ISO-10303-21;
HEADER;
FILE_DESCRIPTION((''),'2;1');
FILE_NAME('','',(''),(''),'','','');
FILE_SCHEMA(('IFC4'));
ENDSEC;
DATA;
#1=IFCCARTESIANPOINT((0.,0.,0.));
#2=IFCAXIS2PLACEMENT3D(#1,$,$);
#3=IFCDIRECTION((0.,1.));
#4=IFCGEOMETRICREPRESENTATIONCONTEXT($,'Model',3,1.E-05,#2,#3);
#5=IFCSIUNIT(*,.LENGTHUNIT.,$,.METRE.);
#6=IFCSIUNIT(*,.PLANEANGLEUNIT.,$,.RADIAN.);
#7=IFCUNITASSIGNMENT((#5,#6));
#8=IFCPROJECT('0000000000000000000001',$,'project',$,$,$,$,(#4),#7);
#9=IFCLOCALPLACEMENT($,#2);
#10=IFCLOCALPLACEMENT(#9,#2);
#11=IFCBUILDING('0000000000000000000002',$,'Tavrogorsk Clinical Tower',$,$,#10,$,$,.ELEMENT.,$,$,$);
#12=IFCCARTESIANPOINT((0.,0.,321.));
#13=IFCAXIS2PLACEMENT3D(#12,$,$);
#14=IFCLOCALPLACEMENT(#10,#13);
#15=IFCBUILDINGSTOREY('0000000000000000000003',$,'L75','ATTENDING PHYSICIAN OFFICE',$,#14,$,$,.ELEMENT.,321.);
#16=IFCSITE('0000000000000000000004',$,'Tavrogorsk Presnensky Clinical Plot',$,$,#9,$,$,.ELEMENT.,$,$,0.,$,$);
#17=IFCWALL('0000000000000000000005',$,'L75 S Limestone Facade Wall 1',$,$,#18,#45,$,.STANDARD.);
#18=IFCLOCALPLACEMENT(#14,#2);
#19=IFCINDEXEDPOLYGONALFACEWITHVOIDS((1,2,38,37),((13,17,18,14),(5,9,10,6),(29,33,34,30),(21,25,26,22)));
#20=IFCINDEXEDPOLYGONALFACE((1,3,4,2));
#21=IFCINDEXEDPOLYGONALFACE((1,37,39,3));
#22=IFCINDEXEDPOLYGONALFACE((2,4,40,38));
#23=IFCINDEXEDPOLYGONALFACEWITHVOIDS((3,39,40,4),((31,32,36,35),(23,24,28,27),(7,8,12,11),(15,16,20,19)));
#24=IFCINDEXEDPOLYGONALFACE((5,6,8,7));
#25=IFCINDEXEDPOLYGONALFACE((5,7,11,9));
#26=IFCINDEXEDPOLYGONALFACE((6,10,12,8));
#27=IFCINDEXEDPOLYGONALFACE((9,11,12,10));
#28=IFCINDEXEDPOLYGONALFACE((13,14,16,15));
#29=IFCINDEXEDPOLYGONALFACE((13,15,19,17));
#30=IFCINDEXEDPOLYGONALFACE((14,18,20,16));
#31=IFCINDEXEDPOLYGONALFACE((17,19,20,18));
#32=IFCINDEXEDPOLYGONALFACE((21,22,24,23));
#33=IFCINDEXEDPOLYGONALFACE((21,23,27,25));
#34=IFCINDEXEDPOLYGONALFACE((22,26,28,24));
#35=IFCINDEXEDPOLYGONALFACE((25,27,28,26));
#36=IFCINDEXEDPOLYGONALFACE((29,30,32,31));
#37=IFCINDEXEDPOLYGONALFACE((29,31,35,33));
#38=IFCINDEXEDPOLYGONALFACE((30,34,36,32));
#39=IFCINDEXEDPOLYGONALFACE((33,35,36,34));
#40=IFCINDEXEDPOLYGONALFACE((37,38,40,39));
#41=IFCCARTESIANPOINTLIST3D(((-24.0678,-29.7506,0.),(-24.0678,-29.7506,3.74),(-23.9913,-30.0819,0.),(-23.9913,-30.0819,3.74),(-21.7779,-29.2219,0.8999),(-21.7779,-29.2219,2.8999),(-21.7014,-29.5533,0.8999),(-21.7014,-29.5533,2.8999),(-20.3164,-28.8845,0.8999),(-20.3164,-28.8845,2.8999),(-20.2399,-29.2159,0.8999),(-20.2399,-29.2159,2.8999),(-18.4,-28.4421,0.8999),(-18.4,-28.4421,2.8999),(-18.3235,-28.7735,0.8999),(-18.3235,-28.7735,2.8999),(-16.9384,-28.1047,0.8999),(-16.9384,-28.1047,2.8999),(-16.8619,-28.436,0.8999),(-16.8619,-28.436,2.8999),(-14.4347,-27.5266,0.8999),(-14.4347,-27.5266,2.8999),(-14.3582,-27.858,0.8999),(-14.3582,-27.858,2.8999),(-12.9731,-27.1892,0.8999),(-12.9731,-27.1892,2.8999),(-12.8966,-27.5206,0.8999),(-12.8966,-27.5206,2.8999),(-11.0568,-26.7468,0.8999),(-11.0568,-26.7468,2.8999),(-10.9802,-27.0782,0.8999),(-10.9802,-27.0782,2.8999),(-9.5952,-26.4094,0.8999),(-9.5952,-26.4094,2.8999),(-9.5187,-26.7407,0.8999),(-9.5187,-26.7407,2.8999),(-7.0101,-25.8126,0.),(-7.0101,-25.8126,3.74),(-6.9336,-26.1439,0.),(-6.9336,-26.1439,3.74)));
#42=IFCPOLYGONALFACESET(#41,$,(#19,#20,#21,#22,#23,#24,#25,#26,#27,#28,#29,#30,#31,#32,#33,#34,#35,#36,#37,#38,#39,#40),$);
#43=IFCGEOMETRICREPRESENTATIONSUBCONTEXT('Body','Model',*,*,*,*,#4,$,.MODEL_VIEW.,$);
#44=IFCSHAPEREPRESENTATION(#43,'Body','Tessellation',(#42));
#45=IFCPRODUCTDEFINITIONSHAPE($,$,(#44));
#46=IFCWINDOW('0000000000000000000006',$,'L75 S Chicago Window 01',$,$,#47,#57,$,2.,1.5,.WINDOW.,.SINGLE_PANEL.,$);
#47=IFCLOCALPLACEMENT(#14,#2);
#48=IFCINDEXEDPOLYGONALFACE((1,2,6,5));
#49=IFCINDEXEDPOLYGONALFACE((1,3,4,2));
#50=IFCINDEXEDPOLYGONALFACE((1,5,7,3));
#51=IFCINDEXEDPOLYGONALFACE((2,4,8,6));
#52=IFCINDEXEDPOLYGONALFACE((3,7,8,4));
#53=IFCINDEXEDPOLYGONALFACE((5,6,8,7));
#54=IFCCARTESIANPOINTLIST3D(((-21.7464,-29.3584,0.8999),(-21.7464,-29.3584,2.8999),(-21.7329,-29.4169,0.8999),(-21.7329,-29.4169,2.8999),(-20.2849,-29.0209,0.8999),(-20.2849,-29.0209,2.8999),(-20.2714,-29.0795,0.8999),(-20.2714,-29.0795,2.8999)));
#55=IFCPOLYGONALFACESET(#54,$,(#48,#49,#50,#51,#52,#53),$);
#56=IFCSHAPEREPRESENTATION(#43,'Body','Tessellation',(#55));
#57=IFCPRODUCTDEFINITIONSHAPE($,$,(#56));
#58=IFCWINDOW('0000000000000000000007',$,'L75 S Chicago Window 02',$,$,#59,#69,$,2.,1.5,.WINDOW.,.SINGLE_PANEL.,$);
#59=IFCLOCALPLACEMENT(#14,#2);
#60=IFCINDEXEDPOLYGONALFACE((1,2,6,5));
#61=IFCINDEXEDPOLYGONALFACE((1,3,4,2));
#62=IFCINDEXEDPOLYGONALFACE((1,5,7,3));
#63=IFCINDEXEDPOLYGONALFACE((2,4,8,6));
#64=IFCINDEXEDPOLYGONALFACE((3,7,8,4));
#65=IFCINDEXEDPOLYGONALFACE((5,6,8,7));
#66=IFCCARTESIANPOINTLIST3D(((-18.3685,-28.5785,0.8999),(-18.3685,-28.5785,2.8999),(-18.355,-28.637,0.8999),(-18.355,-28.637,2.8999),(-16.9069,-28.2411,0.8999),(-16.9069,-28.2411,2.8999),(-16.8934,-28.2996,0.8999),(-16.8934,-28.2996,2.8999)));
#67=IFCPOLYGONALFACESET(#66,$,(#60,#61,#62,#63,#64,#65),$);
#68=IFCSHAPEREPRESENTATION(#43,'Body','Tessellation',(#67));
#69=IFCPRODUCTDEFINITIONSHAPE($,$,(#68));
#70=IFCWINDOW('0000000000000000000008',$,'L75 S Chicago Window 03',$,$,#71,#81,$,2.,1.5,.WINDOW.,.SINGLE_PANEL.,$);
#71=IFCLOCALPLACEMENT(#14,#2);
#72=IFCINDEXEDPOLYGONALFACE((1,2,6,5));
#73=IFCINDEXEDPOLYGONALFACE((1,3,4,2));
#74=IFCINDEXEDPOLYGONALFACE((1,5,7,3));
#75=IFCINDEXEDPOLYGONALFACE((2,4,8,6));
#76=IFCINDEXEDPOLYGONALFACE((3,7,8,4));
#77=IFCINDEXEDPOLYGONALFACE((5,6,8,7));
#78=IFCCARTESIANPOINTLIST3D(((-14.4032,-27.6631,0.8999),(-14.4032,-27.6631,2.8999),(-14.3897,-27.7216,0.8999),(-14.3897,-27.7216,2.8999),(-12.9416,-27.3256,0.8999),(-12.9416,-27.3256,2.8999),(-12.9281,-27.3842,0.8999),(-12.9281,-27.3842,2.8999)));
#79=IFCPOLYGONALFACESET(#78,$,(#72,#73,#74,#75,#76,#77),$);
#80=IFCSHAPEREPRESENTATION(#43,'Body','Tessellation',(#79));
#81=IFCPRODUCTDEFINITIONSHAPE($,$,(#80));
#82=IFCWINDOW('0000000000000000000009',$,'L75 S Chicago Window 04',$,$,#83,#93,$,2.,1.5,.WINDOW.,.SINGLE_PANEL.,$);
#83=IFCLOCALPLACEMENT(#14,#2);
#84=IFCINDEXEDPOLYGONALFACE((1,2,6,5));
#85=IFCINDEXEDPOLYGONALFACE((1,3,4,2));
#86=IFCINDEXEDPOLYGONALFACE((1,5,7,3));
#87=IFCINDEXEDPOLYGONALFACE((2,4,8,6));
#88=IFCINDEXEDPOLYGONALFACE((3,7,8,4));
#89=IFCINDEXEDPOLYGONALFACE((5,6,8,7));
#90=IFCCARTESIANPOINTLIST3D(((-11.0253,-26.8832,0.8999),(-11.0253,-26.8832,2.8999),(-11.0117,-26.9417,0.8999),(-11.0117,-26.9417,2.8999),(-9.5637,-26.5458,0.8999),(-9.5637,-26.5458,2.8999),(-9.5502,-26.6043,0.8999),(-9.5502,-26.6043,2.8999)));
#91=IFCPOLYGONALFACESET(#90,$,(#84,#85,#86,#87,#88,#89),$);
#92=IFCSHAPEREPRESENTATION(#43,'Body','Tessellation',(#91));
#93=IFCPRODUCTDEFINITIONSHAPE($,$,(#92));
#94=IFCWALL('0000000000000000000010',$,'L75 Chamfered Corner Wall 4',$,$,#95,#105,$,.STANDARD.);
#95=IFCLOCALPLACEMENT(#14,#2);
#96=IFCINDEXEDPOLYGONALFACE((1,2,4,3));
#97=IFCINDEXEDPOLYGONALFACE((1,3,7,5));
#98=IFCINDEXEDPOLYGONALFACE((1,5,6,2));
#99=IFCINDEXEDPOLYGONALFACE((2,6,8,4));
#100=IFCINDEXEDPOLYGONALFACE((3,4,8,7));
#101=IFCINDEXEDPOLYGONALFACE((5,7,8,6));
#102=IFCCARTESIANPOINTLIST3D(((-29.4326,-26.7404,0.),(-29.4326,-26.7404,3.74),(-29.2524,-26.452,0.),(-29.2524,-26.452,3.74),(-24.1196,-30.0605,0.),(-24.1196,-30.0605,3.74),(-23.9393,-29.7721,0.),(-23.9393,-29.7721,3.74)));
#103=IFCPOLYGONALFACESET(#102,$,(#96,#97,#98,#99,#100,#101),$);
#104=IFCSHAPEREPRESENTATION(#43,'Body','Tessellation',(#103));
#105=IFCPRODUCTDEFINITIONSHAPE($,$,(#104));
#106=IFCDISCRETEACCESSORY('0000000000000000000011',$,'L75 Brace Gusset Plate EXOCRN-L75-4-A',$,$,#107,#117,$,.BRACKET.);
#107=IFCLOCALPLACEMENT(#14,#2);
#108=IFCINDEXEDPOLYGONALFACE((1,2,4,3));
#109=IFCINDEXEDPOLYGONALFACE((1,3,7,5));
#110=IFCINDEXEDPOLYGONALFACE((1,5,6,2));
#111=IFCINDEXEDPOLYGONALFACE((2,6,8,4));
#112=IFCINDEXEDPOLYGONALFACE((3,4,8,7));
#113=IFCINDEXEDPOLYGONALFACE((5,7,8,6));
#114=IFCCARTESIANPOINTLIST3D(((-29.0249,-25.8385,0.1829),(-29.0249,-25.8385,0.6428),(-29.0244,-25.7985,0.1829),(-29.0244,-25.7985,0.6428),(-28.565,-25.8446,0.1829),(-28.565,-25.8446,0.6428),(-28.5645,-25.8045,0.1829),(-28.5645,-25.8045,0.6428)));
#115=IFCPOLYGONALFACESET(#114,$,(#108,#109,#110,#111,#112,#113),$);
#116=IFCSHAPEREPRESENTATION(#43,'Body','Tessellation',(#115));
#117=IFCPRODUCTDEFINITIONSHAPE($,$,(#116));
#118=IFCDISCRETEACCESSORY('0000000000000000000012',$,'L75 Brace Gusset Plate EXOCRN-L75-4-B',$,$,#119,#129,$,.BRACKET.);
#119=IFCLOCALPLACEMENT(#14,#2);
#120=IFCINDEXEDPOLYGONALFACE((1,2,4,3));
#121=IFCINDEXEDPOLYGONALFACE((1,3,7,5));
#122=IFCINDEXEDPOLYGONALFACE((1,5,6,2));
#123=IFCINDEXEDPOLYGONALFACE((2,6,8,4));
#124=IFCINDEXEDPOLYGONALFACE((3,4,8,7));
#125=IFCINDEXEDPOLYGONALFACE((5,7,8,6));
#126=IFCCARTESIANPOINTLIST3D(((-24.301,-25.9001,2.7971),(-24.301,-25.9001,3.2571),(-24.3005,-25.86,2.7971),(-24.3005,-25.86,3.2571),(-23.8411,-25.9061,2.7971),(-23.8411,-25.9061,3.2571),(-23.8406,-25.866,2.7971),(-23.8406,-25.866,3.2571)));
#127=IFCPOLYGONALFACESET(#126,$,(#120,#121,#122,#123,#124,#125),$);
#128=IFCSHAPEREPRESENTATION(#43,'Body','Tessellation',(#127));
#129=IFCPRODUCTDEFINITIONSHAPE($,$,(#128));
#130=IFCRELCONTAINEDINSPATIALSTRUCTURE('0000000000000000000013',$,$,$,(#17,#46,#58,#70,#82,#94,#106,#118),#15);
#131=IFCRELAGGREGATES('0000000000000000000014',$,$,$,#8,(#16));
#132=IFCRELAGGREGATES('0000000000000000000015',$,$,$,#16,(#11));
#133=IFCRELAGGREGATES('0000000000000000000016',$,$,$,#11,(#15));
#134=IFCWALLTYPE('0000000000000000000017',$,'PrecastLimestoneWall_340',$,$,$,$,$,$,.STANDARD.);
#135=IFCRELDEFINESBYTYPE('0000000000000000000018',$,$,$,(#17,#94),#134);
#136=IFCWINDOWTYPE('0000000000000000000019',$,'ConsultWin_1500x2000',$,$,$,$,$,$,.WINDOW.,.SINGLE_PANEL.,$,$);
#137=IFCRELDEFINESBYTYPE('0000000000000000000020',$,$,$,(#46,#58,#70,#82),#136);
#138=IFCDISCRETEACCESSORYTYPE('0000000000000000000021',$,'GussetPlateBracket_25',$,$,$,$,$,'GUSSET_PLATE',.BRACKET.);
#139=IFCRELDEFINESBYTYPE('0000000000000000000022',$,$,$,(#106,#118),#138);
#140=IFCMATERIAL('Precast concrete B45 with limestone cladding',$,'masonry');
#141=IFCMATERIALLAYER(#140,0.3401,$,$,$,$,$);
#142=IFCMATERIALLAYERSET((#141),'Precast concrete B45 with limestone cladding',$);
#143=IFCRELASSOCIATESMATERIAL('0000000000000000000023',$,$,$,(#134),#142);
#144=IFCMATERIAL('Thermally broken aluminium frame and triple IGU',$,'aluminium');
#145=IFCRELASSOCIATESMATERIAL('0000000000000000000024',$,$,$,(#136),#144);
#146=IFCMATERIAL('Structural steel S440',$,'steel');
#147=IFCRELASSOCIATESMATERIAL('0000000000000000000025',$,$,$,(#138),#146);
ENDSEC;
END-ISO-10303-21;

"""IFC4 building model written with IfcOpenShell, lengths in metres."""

from ifc_helpers import new_model, si_unit, direction, frame, frame_2d, origin, origin_2d, place, context, subcontext, project, spatial, rectangle, extrude, material, layer, layer_set, type_object, element, fill, save


model = new_model("IFC4")

# Units and contexts
model_context = context("Model", 3, precision=1e-05, world=origin(), true_north=direction((0.0, 1.0)))
body_context = subcontext(model_context, "Body", "Model", "MODEL_VIEW")
ifc_project = project(units=[si_unit("LENGTHUNIT", "METRE"), si_unit("PLANEANGLEUNIT", "RADIAN")], contexts=[model_context])

# Site, building, storey
site_placement = place(None, origin())
site = spatial("IfcSite", under=ifc_project, at=site_placement, Name="Tavrogorsk Presnensky Clinical Plot", CompositionType="ELEMENT", RefElevation=0.0)
building_placement = place(site_placement, origin())
building = spatial("IfcBuilding", under=site, at=building_placement, Name="Tavrogorsk Clinical Tower", CompositionType="ELEMENT")
storey_placement = place(building_placement, frame((0.0, 0.0, 321.0)))
storey = spatial("IfcBuildingStorey", under=building, at=storey_placement, Name="L75", Description="ATTENDING PHYSICIAN OFFICE", CompositionType="ELEMENT", Elevation=321.0)

# Wall, openings, windows
ifc_material_1 = material(Name="Precast concrete B45 with limestone cladding", Category="masonry")
ifc_layer_1 = layer(ifc_material_1, 0.3401)
ifc_layer_set_1 = layer_set([ifc_layer_1], Name="Precast concrete B45 with limestone cladding")
wall_type_1 = type_object("IfcWallType", Name="PrecastLimestoneWall_340", PredefinedType="STANDARD", material=ifc_layer_set_1)
wall_1_placement = place(storey_placement, frame((-24.0295, -29.9163, 0.0), z_axis=(0.0, 0.0, 1.0), x_axis=(0.974371, 0.224947, 0.0)))
wall_1 = element("IfcWall", 1, at=wall_1_placement, inside=storey, type_object=wall_type_1, Name="L75 S Limestone Facade Wall 1", PredefinedType="STANDARD", context=body_context, shape_type="SweptSolid", body=[
    extrude(rectangle(XDim=17.5063, YDim=0.3401, at=frame_2d((8.7532, 0.0))), origin(), (0.0, 0.0, 1.0), 3.74),
])
opening_1_placement = place(wall_1_placement, frame((2.3501, 0.0, 0.8999)))
opening_1 = element("IfcOpeningElement", 2, at=opening_1_placement, cuts=wall_1, PredefinedType="OPENING", context=body_context, shape_type="SweptSolid", body=[
    extrude(rectangle(XDim=1.5, YDim=2.0, at=frame_2d((0.75, 1.0))), frame((0.0, 0.1799, 0.0), z_axis=(0.0, -1.0, 0.0), x_axis=(1.0, 0.0, 0.0)), (0.0, 0.0, 1.0), 0.3601),
])
opening_2_placement = place(wall_1_placement, frame((5.8169, 0.0, 0.8999)))
opening_2 = element("IfcOpeningElement", 3, at=opening_2_placement, cuts=wall_1, PredefinedType="OPENING", context=body_context, shape_type="SweptSolid", body=[
    extrude(rectangle(XDim=1.5, YDim=2.0, at=frame_2d((0.75, 1.0))), frame((0.0, 0.1799, 0.0), z_axis=(0.0, -1.0, 0.0), x_axis=(1.0, 0.0, 0.0)), (0.0, 0.0, 1.0), 0.3601),
])
opening_3_placement = place(wall_1_placement, frame((9.8865, 0.0, 0.8999)))
opening_3 = element("IfcOpeningElement", 4, at=opening_3_placement, cuts=wall_1, PredefinedType="OPENING", context=body_context, shape_type="SweptSolid", body=[
    extrude(rectangle(XDim=1.5, YDim=2.0, at=frame_2d((0.75, 1.0))), frame((0.0, 0.1799, 0.0), z_axis=(0.0, -1.0, 0.0), x_axis=(1.0, 0.0, 0.0)), (0.0, 0.0, 1.0), 0.3601),
])
opening_4_placement = place(wall_1_placement, frame((13.3533, 0.0, 0.8999)))
opening_4 = element("IfcOpeningElement", 5, at=opening_4_placement, cuts=wall_1, PredefinedType="OPENING", context=body_context, shape_type="SweptSolid", body=[
    extrude(rectangle(XDim=1.5, YDim=2.0, at=frame_2d((0.75, 1.0))), frame((0.0, 0.1799, 0.0), z_axis=(0.0, -1.0, 0.0), x_axis=(1.0, 0.0, 0.0)), (0.0, 0.0, 1.0), 0.3601),
])
ifc_material_2 = material(Name="Thermally broken aluminium frame and triple IGU", Category="aluminium")
window_type = type_object("IfcWindowType", Name="ConsultWin_1500x2000", PartitioningType="SINGLE_PANEL", PredefinedType="WINDOW", material=ifc_material_2)
window_1_placement = place(opening_1_placement, origin())
window_1 = element("IfcWindow", 6, at=window_1_placement, inside=storey, type_object=window_type, Name="L75 S Chicago Window 01", OverallHeight=2.0, OverallWidth=1.5, PartitioningType="SINGLE_PANEL", PredefinedType="WINDOW", context=body_context, shape_type="SweptSolid", body=[
    extrude(rectangle(XDim=1.5, YDim=2.0, at=frame_2d((0.75, 1.0))), frame((0.0, 0.03, 0.0), z_axis=(0.0, -1.0, 0.0), x_axis=(1.0, 0.0, 0.0)), (0.0, 0.0, 1.0), 0.0601),
])
fill(opening_1, window_1)
window_2_placement = place(opening_2_placement, origin())
window_2 = element("IfcWindow", 7, at=window_2_placement, inside=storey, type_object=window_type, Name="L75 S Chicago Window 02", OverallHeight=2.0, OverallWidth=1.5, PartitioningType="SINGLE_PANEL", PredefinedType="WINDOW", context=body_context, shape_type="SweptSolid", body=[
    extrude(rectangle(XDim=1.5, YDim=2.0, at=frame_2d((0.75, 1.0))), frame((0.0, 0.03, 0.0), z_axis=(0.0, -1.0, 0.0), x_axis=(1.0, 0.0, 0.0)), (0.0, 0.0, 1.0), 0.0601),
])
fill(opening_2, window_2)
window_3_placement = place(opening_3_placement, origin())
window_3 = element("IfcWindow", 8, at=window_3_placement, inside=storey, type_object=window_type, Name="L75 S Chicago Window 03", OverallHeight=2.0, OverallWidth=1.5, PartitioningType="SINGLE_PANEL", PredefinedType="WINDOW", context=body_context, shape_type="SweptSolid", body=[
    extrude(rectangle(XDim=1.5, YDim=2.0, at=frame_2d((0.75, 1.0))), frame((0.0, 0.03, 0.0), z_axis=(0.0, -1.0, 0.0), x_axis=(1.0, 0.0, 0.0)), (0.0, 0.0, 1.0), 0.0601),
])
fill(opening_3, window_3)
window_4_placement = place(opening_4_placement, origin())
window_4 = element("IfcWindow", 9, at=window_4_placement, inside=storey, type_object=window_type, Name="L75 S Chicago Window 04", OverallHeight=2.0, OverallWidth=1.5, PartitioningType="SINGLE_PANEL", PredefinedType="WINDOW", context=body_context, shape_type="SweptSolid", body=[
    extrude(rectangle(XDim=1.5, YDim=2.0, at=frame_2d((0.75, 1.0))), frame((0.0, 0.03, 0.0), z_axis=(0.0, -1.0, 0.0), x_axis=(1.0, 0.0, 0.0)), (0.0, 0.0, 1.0), 0.0601),
])
fill(opening_4, window_4)

# Wall
wall_2_placement = place(storey_placement, frame((-29.3425, -26.5962, 0.0), z_axis=(0.0, 0.0, 1.0), x_axis=(0.848038, -0.529936, 0.0)))
element("IfcWall", 10, at=wall_2_placement, inside=storey, type_object=wall_type_1, Name="L75 Chamfered Corner Wall 4", PredefinedType="STANDARD", context=body_context, shape_type="SweptSolid", body=[
    extrude(rectangle(XDim=6.2651, YDim=0.3401, at=frame_2d((3.1326, 0.0))), origin(), (0.0, 0.0, 1.0), 3.74),
])

# Discrete accessories
ifc_material_3 = material(Name="Structural steel S440", Category="steel")
discrete_accessory_type = type_object("IfcDiscreteAccessoryType", Name="GussetPlateBracket_25", ElementType="GUSSET_PLATE", PredefinedType="BRACKET", material=ifc_material_3)
for number, where, z_axis, x_axis, name in (
    (11, (-28.7947, -25.8215, 0.1829), (0.0, 0.0, 1.0), (0.999914, -0.01309, 0.0), "L75 Brace Gusset Plate EXOCRN-L75-4-A"),
    (12, (-24.0708, -25.8831, 2.7971), (0.0, 0.0, 1.0), (0.999914, -0.01309, 0.0), "L75 Brace Gusset Plate EXOCRN-L75-4-B"),
):
    element("IfcDiscreteAccessory", number, at=place(storey_placement, frame(where, z_axis=z_axis, x_axis=x_axis)), inside=storey, type_object=discrete_accessory_type, Name=name, PredefinedType="BRACKET", context=body_context, shape_type="SweptSolid", body=[
        extrude(rectangle(XDim=0.46, YDim=0.04, at=origin_2d()), origin(), (0.0, 0.0, 1.0), 0.46),
    ])

save(model, "model.ifc")
